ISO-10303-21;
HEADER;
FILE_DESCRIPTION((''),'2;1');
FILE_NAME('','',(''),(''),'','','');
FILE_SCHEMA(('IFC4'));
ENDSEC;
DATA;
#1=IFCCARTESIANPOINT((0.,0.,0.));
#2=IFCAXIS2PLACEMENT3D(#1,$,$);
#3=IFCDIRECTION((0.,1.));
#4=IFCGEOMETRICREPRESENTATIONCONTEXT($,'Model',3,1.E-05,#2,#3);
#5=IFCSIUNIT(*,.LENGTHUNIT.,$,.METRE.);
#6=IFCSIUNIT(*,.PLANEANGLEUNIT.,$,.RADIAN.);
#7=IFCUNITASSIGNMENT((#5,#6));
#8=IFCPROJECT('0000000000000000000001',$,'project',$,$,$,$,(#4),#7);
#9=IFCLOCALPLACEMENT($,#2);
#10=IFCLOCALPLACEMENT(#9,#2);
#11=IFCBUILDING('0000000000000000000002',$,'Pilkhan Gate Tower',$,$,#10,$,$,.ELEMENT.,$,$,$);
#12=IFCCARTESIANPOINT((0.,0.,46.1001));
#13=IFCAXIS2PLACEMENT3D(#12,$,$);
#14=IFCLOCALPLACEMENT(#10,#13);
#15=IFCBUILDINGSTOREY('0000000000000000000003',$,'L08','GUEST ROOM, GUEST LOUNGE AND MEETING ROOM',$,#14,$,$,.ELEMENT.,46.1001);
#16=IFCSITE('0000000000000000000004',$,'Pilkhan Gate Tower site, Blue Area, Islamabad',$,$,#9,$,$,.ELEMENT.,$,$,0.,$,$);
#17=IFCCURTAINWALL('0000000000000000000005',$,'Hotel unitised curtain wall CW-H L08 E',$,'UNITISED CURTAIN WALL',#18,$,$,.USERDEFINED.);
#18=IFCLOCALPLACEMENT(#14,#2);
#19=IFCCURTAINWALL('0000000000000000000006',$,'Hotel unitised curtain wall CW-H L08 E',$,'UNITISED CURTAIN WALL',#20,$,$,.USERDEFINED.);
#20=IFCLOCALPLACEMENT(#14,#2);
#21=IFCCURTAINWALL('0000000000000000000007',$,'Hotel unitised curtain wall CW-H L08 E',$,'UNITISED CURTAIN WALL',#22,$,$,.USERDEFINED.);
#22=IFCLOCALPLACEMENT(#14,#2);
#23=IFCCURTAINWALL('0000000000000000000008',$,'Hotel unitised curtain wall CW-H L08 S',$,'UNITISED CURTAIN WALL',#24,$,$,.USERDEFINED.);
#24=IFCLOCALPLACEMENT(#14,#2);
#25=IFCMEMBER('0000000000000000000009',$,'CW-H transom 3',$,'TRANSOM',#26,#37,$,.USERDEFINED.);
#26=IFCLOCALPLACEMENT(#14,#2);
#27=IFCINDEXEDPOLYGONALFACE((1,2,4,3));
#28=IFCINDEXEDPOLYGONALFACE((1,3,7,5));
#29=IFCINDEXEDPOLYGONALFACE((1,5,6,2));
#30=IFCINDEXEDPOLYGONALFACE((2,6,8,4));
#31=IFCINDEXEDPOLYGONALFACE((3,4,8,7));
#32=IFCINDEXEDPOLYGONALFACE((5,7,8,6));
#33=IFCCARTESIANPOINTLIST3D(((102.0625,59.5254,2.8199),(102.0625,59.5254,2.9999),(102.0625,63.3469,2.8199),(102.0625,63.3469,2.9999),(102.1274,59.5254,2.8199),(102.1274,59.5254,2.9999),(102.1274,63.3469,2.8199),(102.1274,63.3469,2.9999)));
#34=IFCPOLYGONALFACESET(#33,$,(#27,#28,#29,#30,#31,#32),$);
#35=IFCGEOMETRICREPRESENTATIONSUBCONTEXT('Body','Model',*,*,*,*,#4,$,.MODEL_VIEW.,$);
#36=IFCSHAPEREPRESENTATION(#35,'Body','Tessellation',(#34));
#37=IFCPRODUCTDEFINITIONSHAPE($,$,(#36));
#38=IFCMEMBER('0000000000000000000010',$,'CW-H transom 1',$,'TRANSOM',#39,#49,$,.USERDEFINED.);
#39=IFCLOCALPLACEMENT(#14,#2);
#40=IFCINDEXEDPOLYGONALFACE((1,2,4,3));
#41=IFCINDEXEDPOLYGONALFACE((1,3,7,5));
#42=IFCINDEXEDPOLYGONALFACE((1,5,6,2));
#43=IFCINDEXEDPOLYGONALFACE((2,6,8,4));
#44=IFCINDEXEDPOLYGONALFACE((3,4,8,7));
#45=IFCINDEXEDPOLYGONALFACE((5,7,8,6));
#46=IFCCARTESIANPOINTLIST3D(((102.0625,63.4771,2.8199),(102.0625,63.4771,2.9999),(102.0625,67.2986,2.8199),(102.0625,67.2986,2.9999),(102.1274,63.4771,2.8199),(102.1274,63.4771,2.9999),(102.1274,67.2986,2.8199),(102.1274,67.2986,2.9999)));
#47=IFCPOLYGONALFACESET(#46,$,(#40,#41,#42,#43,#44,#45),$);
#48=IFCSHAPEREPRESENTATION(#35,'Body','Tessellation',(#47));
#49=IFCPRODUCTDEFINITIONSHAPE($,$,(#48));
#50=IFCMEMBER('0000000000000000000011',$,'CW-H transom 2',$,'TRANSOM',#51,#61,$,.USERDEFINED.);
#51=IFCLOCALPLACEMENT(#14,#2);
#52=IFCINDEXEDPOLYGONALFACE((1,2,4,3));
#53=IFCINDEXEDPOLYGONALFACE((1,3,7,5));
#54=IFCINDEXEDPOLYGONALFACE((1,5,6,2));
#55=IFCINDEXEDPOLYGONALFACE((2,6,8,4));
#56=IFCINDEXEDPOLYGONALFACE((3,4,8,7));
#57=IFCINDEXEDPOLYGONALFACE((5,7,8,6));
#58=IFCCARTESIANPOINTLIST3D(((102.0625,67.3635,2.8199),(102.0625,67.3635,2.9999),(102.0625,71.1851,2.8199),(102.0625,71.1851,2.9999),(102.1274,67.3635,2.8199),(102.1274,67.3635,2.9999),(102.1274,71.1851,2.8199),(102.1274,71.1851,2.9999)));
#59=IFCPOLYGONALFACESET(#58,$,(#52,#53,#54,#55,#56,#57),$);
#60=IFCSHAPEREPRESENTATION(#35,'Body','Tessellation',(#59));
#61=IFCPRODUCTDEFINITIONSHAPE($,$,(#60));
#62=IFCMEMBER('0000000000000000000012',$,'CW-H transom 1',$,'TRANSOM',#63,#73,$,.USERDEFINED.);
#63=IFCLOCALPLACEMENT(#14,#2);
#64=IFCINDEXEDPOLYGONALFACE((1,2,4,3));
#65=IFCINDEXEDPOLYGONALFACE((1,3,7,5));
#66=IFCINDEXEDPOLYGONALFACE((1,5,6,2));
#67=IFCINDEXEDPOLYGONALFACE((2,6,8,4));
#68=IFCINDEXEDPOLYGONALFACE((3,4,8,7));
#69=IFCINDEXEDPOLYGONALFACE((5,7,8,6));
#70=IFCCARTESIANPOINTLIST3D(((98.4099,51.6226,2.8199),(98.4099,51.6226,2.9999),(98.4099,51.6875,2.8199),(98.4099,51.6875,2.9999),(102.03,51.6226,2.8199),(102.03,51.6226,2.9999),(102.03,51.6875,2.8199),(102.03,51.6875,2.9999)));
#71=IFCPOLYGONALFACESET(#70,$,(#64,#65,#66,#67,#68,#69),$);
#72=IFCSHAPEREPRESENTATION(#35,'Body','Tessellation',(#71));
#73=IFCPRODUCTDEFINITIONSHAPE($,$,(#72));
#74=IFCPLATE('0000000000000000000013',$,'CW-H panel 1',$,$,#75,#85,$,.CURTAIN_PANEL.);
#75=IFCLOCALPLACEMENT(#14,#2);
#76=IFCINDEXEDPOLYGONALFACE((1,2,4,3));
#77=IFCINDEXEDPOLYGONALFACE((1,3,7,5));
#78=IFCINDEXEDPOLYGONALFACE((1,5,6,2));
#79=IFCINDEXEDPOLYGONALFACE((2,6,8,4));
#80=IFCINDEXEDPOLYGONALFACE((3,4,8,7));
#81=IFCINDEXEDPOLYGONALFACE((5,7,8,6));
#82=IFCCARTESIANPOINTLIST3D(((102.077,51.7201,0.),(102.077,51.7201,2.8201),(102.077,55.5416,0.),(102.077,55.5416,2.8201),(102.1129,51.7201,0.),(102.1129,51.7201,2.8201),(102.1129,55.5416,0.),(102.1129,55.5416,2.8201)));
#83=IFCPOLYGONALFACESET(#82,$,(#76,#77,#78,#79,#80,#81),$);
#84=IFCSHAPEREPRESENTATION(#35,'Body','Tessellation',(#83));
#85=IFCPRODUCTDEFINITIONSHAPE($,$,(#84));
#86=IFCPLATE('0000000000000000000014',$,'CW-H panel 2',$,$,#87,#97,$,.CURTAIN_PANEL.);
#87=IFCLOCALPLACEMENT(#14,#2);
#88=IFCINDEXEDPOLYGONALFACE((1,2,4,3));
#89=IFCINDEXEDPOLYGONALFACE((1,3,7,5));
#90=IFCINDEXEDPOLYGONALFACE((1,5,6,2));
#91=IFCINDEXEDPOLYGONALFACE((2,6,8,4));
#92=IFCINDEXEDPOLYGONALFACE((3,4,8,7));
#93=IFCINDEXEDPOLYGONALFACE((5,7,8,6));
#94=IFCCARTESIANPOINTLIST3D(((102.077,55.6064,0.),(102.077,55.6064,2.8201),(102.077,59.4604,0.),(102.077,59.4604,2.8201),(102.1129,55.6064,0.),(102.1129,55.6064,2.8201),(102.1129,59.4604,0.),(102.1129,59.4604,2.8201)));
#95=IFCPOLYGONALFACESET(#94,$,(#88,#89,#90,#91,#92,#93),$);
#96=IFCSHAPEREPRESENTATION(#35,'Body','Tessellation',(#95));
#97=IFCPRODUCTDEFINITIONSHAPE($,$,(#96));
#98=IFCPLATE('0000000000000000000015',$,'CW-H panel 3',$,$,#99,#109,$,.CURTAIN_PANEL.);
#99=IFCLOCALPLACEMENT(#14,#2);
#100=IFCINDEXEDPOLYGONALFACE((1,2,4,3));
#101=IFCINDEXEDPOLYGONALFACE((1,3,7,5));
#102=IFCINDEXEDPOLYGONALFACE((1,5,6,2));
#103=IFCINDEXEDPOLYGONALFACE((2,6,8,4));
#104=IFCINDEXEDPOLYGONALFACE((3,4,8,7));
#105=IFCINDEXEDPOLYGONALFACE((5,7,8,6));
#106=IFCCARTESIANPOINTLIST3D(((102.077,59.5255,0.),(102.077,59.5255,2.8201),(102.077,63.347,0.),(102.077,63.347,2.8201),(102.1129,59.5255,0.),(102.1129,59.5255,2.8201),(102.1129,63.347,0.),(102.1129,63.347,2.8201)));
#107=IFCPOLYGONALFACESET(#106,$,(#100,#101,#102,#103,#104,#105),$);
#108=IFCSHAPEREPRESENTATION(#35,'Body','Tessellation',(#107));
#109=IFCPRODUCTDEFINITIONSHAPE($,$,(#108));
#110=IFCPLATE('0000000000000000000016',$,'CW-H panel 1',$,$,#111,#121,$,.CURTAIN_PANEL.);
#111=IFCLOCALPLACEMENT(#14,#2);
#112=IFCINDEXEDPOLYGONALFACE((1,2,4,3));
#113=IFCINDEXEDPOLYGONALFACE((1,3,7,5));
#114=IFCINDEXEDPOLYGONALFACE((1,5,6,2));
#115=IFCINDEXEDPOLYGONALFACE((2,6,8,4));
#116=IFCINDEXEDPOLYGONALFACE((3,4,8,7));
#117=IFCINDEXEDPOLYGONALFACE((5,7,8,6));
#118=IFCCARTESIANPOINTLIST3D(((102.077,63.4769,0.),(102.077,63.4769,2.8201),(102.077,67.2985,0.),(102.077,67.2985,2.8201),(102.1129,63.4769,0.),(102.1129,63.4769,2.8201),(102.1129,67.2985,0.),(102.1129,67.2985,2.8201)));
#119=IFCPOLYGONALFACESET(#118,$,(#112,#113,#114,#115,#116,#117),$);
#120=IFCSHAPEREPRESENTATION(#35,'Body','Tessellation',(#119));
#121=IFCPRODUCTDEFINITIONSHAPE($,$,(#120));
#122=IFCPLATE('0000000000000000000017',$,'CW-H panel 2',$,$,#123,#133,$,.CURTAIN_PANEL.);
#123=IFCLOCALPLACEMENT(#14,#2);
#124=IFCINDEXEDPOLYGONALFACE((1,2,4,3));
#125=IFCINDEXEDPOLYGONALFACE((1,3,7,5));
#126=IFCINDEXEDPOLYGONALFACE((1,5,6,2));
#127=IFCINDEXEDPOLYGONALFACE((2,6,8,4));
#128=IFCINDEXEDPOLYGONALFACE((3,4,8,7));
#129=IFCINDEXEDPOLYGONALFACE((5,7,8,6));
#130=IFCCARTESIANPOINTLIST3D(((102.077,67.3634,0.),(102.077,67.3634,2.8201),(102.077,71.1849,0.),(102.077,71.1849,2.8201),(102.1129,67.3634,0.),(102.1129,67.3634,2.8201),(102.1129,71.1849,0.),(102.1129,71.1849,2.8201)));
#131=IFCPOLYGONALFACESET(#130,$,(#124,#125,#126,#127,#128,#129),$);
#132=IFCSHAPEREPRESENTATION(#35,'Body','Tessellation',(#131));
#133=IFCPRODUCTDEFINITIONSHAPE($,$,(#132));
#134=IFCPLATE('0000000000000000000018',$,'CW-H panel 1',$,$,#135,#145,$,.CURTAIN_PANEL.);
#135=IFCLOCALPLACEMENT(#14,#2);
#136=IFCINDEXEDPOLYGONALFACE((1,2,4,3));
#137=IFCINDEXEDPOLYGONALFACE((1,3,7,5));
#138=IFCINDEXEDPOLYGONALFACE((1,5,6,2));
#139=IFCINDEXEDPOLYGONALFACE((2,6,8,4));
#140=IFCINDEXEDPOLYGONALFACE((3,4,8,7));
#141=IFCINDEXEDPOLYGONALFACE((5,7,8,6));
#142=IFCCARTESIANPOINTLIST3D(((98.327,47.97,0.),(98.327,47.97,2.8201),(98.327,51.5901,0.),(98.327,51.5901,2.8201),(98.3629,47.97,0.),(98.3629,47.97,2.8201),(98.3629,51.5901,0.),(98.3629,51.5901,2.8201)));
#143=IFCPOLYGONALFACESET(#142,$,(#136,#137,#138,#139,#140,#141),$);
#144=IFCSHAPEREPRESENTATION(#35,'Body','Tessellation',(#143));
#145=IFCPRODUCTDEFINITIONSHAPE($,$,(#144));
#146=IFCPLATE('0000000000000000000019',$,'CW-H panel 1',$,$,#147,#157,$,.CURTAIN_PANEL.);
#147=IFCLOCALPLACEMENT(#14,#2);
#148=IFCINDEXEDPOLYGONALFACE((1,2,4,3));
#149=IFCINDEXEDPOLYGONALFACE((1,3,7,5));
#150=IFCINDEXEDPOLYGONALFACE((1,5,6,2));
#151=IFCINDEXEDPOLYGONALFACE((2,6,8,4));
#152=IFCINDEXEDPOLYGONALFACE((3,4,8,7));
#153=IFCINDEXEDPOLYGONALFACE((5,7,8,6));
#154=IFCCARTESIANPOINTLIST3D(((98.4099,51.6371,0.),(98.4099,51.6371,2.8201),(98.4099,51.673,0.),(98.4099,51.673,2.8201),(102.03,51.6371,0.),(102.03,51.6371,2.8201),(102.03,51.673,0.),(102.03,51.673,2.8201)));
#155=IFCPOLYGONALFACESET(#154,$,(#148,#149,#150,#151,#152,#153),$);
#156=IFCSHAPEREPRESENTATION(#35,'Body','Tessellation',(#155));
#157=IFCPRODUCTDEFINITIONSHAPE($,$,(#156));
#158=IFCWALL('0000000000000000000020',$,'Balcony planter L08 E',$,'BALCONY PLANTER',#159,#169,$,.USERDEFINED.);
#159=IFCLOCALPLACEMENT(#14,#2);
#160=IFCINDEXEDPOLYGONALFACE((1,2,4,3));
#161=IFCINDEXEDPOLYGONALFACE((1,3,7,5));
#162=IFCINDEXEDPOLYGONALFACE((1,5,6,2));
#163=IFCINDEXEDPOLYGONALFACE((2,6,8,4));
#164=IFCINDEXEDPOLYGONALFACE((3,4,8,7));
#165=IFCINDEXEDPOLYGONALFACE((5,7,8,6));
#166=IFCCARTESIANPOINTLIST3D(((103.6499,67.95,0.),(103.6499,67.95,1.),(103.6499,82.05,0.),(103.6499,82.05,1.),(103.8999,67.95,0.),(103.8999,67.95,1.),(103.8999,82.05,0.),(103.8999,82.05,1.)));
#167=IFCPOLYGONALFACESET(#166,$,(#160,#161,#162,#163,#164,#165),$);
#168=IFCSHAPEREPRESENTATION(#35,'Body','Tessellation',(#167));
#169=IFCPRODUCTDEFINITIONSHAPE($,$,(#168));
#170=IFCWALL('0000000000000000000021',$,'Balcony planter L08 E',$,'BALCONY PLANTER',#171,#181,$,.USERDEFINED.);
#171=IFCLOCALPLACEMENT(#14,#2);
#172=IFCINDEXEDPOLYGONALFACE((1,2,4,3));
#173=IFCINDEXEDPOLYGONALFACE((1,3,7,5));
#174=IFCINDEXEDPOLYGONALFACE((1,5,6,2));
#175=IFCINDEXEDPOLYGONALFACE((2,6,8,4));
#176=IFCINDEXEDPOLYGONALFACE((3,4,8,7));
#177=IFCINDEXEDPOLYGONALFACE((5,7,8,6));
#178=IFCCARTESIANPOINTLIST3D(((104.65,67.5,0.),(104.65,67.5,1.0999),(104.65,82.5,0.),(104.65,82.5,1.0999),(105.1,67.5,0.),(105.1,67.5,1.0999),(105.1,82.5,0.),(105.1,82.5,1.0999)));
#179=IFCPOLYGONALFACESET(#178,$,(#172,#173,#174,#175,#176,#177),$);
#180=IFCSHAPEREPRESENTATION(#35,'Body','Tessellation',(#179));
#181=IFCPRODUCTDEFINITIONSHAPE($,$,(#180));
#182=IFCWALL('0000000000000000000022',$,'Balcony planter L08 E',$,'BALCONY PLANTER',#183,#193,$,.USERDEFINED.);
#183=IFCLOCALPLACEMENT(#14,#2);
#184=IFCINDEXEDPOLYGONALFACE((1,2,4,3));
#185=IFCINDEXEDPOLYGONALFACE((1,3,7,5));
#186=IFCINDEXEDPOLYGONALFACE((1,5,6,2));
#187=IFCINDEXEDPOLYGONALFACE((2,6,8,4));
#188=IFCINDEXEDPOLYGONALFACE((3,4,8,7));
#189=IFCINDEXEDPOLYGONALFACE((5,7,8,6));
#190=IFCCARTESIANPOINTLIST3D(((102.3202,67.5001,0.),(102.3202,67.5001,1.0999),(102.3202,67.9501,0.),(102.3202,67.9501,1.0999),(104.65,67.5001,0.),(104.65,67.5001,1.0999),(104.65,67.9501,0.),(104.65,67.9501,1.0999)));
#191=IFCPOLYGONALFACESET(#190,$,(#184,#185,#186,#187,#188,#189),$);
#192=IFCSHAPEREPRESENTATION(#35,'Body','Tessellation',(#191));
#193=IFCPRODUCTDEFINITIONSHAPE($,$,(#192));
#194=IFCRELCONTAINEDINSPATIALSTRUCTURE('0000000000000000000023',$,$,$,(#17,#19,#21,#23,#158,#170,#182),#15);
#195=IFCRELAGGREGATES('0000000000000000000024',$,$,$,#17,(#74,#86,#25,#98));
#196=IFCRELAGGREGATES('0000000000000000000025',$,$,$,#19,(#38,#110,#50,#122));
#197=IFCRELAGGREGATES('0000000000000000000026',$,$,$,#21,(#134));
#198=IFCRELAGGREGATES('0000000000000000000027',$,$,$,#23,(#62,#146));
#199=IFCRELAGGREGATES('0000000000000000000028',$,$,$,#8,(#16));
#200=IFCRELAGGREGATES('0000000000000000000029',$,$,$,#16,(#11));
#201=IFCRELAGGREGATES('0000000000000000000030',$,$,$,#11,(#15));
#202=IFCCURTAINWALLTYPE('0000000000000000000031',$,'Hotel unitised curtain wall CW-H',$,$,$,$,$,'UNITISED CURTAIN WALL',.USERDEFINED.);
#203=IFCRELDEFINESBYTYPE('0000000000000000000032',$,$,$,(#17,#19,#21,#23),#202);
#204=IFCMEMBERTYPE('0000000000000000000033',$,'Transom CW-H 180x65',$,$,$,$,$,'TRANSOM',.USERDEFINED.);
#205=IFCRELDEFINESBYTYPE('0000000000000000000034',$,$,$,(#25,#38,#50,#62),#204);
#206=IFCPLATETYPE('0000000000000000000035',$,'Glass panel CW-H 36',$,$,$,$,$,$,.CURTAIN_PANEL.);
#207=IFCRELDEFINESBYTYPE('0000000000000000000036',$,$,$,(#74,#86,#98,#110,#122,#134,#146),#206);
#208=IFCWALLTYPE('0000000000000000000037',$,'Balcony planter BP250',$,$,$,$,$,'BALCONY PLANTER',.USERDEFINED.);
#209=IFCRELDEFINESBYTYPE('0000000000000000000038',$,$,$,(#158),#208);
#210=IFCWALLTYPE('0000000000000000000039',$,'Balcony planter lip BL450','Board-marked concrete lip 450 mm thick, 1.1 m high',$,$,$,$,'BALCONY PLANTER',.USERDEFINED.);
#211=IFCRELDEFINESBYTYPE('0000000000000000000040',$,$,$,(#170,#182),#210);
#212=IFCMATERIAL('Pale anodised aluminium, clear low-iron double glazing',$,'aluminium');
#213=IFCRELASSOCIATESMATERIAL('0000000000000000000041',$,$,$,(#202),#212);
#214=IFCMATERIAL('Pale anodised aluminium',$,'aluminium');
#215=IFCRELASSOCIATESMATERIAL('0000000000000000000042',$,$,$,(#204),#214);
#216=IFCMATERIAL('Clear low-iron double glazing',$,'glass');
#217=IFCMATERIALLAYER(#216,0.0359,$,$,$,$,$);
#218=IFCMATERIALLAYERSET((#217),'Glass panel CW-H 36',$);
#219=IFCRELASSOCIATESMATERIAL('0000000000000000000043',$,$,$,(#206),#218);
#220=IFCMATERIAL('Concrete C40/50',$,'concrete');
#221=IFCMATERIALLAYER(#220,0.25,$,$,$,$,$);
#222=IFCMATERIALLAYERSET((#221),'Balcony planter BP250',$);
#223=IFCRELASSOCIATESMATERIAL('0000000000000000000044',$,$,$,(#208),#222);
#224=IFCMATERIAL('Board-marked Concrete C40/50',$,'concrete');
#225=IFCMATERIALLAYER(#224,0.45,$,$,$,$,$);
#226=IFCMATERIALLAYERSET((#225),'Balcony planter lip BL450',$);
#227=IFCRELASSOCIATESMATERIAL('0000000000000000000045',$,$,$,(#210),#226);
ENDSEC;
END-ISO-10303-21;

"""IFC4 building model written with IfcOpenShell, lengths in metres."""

from ifc_helpers import new_model, si_unit, direction, frame, frame_2d, origin, origin_2d, place, context, subcontext, project, spatial, rectangle, extrude, material, layer, layer_set, material_profile, profile_set, type_object, element, aggregate, save


model = new_model("IFC4")

# Units and contexts
model_context = context("Model", 3, precision=1e-05, world=origin(), true_north=direction((0.0, 1.0)))
body_context = subcontext(model_context, "Body", "Model", "MODEL_VIEW")
ifc_project = project(units=[si_unit("LENGTHUNIT", "METRE"), si_unit("PLANEANGLEUNIT", "RADIAN")], contexts=[model_context])

# Site, building, storey
site_placement = place(None, origin())
site = spatial("IfcSite", under=ifc_project, at=site_placement, Name="Pilkhan Gate Tower site, Blue Area, Islamabad", CompositionType="ELEMENT", RefElevation=0.0)
building_placement = place(site_placement, origin())
building = spatial("IfcBuilding", under=site, at=building_placement, Name="Pilkhan Gate Tower", CompositionType="ELEMENT")
storey_placement = place(building_placement, frame((0.0, 0.0, 46.1001)))
storey = spatial("IfcBuildingStorey", under=building, at=storey_placement, Name="L08", Description="GUEST ROOM, GUEST LOUNGE AND MEETING ROOM", CompositionType="ELEMENT", Elevation=46.1001)

# Curtain walls
ifc_material_1 = material(Name="Pale anodised aluminium, clear low-iron double glazing", Category="aluminium")
curtain_wall_type = type_object("IfcCurtainWallType", Name="Hotel unitised curtain wall CW-H", ElementType="UNITISED CURTAIN WALL", PredefinedType="USERDEFINED", material=ifc_material_1)
curtain_wall_1_placement = place(storey_placement, origin())
curtain_wall_1 = element("IfcCurtainWall", 1, at=curtain_wall_1_placement, inside=storey, type_object=curtain_wall_type, Name="Hotel unitised curtain wall CW-H L08 E", ObjectType="UNITISED CURTAIN WALL", PredefinedType="USERDEFINED")
ifc_material_2 = material(Name="Pale anodised aluminium", Category="aluminium")
curtain_wall_2_placement = place(storey_placement, origin())
curtain_wall_2 = element("IfcCurtainWall", 2, at=curtain_wall_2_placement, inside=storey, type_object=curtain_wall_type, Name="Hotel unitised curtain wall CW-H L08 E", ObjectType="UNITISED CURTAIN WALL", PredefinedType="USERDEFINED")

# Curtain wall
curtain_wall_3_placement = place(storey_placement, origin())
curtain_wall_3 = element("IfcCurtainWall", 3, at=curtain_wall_3_placement, inside=storey, type_object=curtain_wall_type, Name="Hotel unitised curtain wall CW-H L08 E", ObjectType="UNITISED CURTAIN WALL", PredefinedType="USERDEFINED")

# Curtain wall
curtain_wall_4_placement = place(storey_placement, origin())
curtain_wall_4 = element("IfcCurtainWall", 4, at=curtain_wall_4_placement, inside=storey, type_object=curtain_wall_type, Name="Hotel unitised curtain wall CW-H L08 S", ObjectType="UNITISED CURTAIN WALL", PredefinedType="USERDEFINED")

# Members
ifc_material_profile_1 = material_profile(ifc_material_2, rectangle(XDim=0.0649, YDim=0.1799, at=origin_2d()), Name="Transom 180x65")
ifc_profile_set_1 = profile_set([ifc_material_profile_1], Name="Pale anodised aluminium")
member_type_1 = type_object("IfcMemberType", Name="Transom CW-H 180x65", ElementType="TRANSOM", PredefinedType="USERDEFINED", material=ifc_profile_set_1)
member_1_placement = place(storey_placement, frame((102.095, 59.5254, 2.9099), z_axis=(0.0, 1.0, 0.0), x_axis=(-1.0, 0.0, 0.0)))
member_1 = element("IfcMember", 5, at=member_1_placement, type_object=member_type_1, Name="CW-H transom 3", ObjectType="TRANSOM", PredefinedType="USERDEFINED", context=body_context, shape_type="SweptSolid", body=[
    extrude(rectangle(XDim=0.0649, YDim=0.1799, at=origin_2d()), origin(), (0.0, 0.0, 1.0), 3.8215),
])
member_2_placement = place(storey_placement, frame((102.095, 63.4771, 2.9099), z_axis=(0.0, 1.0, 0.0), x_axis=(-1.0, 0.0, 0.0)))
member_2 = element("IfcMember", 6, at=member_2_placement, type_object=member_type_1, Name="CW-H transom 1", ObjectType="TRANSOM", PredefinedType="USERDEFINED", context=body_context, shape_type="SweptSolid", body=[
    extrude(rectangle(XDim=0.0649, YDim=0.1799, at=origin_2d()), origin(), (0.0, 0.0, 1.0), 3.8215),
])
member_3_placement = place(storey_placement, frame((102.095, 67.3635, 2.9099), z_axis=(0.0, 1.0, 0.0), x_axis=(-1.0, 0.0, 0.0)))
member_3 = element("IfcMember", 7, at=member_3_placement, type_object=member_type_1, Name="CW-H transom 2", ObjectType="TRANSOM", PredefinedType="USERDEFINED", context=body_context, shape_type="SweptSolid", body=[
    extrude(rectangle(XDim=0.0649, YDim=0.1799, at=origin_2d()), origin(), (0.0, 0.0, 1.0), 3.8215),
])
member_4_placement = place(storey_placement, frame((98.4099, 51.655, 2.9099), z_axis=(1.0, 0.0, 0.0), x_axis=(0.0, 1.0, 0.0)))
member_4 = element("IfcMember", 8, at=member_4_placement, type_object=member_type_1, Name="CW-H transom 1", ObjectType="TRANSOM", PredefinedType="USERDEFINED", context=body_context, shape_type="SweptSolid", body=[
    extrude(rectangle(XDim=0.0649, YDim=0.1799, at=origin_2d()), origin(), (0.0, 0.0, 1.0), 3.6201),
])

# Plates
ifc_material_3 = material(Name="Clear low-iron double glazing", Category="glass")
ifc_layer_1 = layer(ifc_material_3, 0.0359)
ifc_layer_set_1 = layer_set([ifc_layer_1], Name="Glass panel CW-H 36")
plate_type = type_object("IfcPlateType", Name="Glass panel CW-H 36", PredefinedType="CURTAIN_PANEL", material=ifc_layer_set_1)
plate_1_placement = place(storey_placement, frame((102.095, 53.6309, 0.0), z_axis=(0.0, 0.0, 1.0), x_axis=(0.0, 1.0, 0.0)))
plate_1 = element("IfcPlate", 9, at=plate_1_placement, type_object=plate_type, Name="CW-H panel 1", PredefinedType="CURTAIN_PANEL", context=body_context, shape_type="SweptSolid", body=[
    extrude(rectangle(XDim=3.8215, YDim=0.0359, at=origin_2d()), origin(), (0.0, 0.0, 1.0), 2.8201),
])
plate_2_placement = place(storey_placement, frame((102.095, 57.5334, 0.0), z_axis=(0.0, 0.0, 1.0), x_axis=(0.0, 1.0, 0.0)))
plate_2 = element("IfcPlate", 10, at=plate_2_placement, type_object=plate_type, Name="CW-H panel 2", PredefinedType="CURTAIN_PANEL", context=body_context, shape_type="SweptSolid", body=[
    extrude(rectangle(XDim=3.854, YDim=0.0359, at=origin_2d()), origin(), (0.0, 0.0, 1.0), 2.8201),
])
plate_3_placement = place(storey_placement, frame((102.095, 61.4363, 0.0), z_axis=(0.0, 0.0, 1.0), x_axis=(0.0, 1.0, 0.0)))
plate_3 = element("IfcPlate", 11, at=plate_3_placement, type_object=plate_type, Name="CW-H panel 3", PredefinedType="CURTAIN_PANEL", context=body_context, shape_type="SweptSolid", body=[
    extrude(rectangle(XDim=3.8215, YDim=0.0359, at=origin_2d()), origin(), (0.0, 0.0, 1.0), 2.8201),
])
aggregate(curtain_wall_1, [plate_1, plate_2, member_1, plate_3])
plate_4_placement = place(storey_placement, frame((102.095, 65.3877, 0.0), z_axis=(0.0, 0.0, 1.0), x_axis=(0.0, 1.0, 0.0)))
plate_4 = element("IfcPlate", 12, at=plate_4_placement, type_object=plate_type, Name="CW-H panel 1", PredefinedType="CURTAIN_PANEL", context=body_context, shape_type="SweptSolid", body=[
    extrude(rectangle(XDim=3.8215, YDim=0.0359, at=origin_2d()), origin(), (0.0, 0.0, 1.0), 2.8201),
])
plate_5_placement = place(storey_placement, frame((102.095, 69.2742, 0.0), z_axis=(0.0, 0.0, 1.0), x_axis=(0.0, 1.0, 0.0)))
plate_5 = element("IfcPlate", 13, at=plate_5_placement, type_object=plate_type, Name="CW-H panel 2", PredefinedType="CURTAIN_PANEL", context=body_context, shape_type="SweptSolid", body=[
    extrude(rectangle(XDim=3.8215, YDim=0.0359, at=origin_2d()), origin(), (0.0, 0.0, 1.0), 2.8201),
])
aggregate(curtain_wall_2, [member_2, plate_4, member_3, plate_5])
plate_6_placement = place(storey_placement, frame((98.345, 49.78, 0.0), z_axis=(0.0, 0.0, 1.0), x_axis=(0.0, 1.0, 0.0)))
plate_6 = element("IfcPlate", 14, at=plate_6_placement, type_object=plate_type, Name="CW-H panel 1", PredefinedType="CURTAIN_PANEL", context=body_context, shape_type="SweptSolid", body=[
    extrude(rectangle(XDim=3.6201, YDim=0.0359, at=origin_2d()), origin(), (0.0, 0.0, 1.0), 2.8201),
])
aggregate(curtain_wall_3, [plate_6])
plate_7_placement = place(storey_placement, frame((100.22, 51.655, 0.0), z_axis=(0.0, 0.0, 1.0), x_axis=(1.0, 0.0, 0.0)))
plate_7 = element("IfcPlate", 15, at=plate_7_placement, type_object=plate_type, Name="CW-H panel 1", PredefinedType="CURTAIN_PANEL", context=body_context, shape_type="SweptSolid", body=[
    extrude(rectangle(XDim=3.6201, YDim=0.0359, at=origin_2d()), origin(), (0.0, 0.0, 1.0), 2.8201),
])
aggregate(curtain_wall_4, [member_4, plate_7])

# Walls
ifc_material_4 = material(Name="Concrete C40/50", Category="concrete")
ifc_layer_2 = layer(ifc_material_4, 0.25)
ifc_layer_set_2 = layer_set([ifc_layer_2], Name="Balcony planter BP250")
wall_type_1 = type_object("IfcWallType", Name="Balcony planter BP250", ElementType="BALCONY PLANTER", PredefinedType="USERDEFINED", material=ifc_layer_set_2)
wall_1_placement = place(storey_placement, frame((103.7749, 67.95, 0.0), z_axis=(0.0, 0.0, 1.0), x_axis=(0.0, 1.0, 0.0)))
element("IfcWall", 16, at=wall_1_placement, inside=storey, type_object=wall_type_1, Name="Balcony planter L08 E", ObjectType="BALCONY PLANTER", PredefinedType="USERDEFINED", context=body_context, shape_type="SweptSolid", body=[
    extrude(rectangle(XDim=14.1001, YDim=0.25, at=frame_2d((7.05, 0.0))), origin(), (0.0, 0.0, 1.0), 1.0),
])
ifc_material_5 = material(Name="Board-marked Concrete C40/50", Category="concrete")
ifc_layer_3 = layer(ifc_material_5, 0.45)
ifc_layer_set_3 = layer_set([ifc_layer_3], Name="Balcony planter lip BL450")
wall_type_2 = type_object("IfcWallType", Name="Balcony planter lip BL450", Description="Board-marked concrete lip 450 mm thick, 1.1 m high", ElementType="BALCONY PLANTER", PredefinedType="USERDEFINED", material=ifc_layer_set_3)
wall_2_placement = place(storey_placement, frame((104.875, 67.5, 0.0), z_axis=(0.0, 0.0, 1.0), x_axis=(0.0, 1.0, 0.0)))
element("IfcWall", 17, at=wall_2_placement, inside=storey, type_object=wall_type_2, Name="Balcony planter L08 E", ObjectType="BALCONY PLANTER", PredefinedType="USERDEFINED", context=body_context, shape_type="SweptSolid", body=[
    extrude(rectangle(XDim=15.0, YDim=0.45, at=frame_2d((7.5, 0.0))), origin(), (0.0, 0.0, 1.0), 1.0999),
])
wall_3_placement = place(storey_placement, frame((102.3201, 67.7251, 0.0), z_axis=(0.0, 0.0, 1.0), x_axis=(1.0, 0.0, 0.0)))
element("IfcWall", 18, at=wall_3_placement, inside=storey, type_object=wall_type_2, Name="Balcony planter L08 E", ObjectType="BALCONY PLANTER", PredefinedType="USERDEFINED", context=body_context, shape_type="SweptSolid", body=[
    extrude(rectangle(XDim=2.3298, YDim=0.45, at=frame_2d((1.165, 0.0))), origin(), (0.0, 0.0, 1.0), 1.0999),
])

save(model, "model.ifc")
